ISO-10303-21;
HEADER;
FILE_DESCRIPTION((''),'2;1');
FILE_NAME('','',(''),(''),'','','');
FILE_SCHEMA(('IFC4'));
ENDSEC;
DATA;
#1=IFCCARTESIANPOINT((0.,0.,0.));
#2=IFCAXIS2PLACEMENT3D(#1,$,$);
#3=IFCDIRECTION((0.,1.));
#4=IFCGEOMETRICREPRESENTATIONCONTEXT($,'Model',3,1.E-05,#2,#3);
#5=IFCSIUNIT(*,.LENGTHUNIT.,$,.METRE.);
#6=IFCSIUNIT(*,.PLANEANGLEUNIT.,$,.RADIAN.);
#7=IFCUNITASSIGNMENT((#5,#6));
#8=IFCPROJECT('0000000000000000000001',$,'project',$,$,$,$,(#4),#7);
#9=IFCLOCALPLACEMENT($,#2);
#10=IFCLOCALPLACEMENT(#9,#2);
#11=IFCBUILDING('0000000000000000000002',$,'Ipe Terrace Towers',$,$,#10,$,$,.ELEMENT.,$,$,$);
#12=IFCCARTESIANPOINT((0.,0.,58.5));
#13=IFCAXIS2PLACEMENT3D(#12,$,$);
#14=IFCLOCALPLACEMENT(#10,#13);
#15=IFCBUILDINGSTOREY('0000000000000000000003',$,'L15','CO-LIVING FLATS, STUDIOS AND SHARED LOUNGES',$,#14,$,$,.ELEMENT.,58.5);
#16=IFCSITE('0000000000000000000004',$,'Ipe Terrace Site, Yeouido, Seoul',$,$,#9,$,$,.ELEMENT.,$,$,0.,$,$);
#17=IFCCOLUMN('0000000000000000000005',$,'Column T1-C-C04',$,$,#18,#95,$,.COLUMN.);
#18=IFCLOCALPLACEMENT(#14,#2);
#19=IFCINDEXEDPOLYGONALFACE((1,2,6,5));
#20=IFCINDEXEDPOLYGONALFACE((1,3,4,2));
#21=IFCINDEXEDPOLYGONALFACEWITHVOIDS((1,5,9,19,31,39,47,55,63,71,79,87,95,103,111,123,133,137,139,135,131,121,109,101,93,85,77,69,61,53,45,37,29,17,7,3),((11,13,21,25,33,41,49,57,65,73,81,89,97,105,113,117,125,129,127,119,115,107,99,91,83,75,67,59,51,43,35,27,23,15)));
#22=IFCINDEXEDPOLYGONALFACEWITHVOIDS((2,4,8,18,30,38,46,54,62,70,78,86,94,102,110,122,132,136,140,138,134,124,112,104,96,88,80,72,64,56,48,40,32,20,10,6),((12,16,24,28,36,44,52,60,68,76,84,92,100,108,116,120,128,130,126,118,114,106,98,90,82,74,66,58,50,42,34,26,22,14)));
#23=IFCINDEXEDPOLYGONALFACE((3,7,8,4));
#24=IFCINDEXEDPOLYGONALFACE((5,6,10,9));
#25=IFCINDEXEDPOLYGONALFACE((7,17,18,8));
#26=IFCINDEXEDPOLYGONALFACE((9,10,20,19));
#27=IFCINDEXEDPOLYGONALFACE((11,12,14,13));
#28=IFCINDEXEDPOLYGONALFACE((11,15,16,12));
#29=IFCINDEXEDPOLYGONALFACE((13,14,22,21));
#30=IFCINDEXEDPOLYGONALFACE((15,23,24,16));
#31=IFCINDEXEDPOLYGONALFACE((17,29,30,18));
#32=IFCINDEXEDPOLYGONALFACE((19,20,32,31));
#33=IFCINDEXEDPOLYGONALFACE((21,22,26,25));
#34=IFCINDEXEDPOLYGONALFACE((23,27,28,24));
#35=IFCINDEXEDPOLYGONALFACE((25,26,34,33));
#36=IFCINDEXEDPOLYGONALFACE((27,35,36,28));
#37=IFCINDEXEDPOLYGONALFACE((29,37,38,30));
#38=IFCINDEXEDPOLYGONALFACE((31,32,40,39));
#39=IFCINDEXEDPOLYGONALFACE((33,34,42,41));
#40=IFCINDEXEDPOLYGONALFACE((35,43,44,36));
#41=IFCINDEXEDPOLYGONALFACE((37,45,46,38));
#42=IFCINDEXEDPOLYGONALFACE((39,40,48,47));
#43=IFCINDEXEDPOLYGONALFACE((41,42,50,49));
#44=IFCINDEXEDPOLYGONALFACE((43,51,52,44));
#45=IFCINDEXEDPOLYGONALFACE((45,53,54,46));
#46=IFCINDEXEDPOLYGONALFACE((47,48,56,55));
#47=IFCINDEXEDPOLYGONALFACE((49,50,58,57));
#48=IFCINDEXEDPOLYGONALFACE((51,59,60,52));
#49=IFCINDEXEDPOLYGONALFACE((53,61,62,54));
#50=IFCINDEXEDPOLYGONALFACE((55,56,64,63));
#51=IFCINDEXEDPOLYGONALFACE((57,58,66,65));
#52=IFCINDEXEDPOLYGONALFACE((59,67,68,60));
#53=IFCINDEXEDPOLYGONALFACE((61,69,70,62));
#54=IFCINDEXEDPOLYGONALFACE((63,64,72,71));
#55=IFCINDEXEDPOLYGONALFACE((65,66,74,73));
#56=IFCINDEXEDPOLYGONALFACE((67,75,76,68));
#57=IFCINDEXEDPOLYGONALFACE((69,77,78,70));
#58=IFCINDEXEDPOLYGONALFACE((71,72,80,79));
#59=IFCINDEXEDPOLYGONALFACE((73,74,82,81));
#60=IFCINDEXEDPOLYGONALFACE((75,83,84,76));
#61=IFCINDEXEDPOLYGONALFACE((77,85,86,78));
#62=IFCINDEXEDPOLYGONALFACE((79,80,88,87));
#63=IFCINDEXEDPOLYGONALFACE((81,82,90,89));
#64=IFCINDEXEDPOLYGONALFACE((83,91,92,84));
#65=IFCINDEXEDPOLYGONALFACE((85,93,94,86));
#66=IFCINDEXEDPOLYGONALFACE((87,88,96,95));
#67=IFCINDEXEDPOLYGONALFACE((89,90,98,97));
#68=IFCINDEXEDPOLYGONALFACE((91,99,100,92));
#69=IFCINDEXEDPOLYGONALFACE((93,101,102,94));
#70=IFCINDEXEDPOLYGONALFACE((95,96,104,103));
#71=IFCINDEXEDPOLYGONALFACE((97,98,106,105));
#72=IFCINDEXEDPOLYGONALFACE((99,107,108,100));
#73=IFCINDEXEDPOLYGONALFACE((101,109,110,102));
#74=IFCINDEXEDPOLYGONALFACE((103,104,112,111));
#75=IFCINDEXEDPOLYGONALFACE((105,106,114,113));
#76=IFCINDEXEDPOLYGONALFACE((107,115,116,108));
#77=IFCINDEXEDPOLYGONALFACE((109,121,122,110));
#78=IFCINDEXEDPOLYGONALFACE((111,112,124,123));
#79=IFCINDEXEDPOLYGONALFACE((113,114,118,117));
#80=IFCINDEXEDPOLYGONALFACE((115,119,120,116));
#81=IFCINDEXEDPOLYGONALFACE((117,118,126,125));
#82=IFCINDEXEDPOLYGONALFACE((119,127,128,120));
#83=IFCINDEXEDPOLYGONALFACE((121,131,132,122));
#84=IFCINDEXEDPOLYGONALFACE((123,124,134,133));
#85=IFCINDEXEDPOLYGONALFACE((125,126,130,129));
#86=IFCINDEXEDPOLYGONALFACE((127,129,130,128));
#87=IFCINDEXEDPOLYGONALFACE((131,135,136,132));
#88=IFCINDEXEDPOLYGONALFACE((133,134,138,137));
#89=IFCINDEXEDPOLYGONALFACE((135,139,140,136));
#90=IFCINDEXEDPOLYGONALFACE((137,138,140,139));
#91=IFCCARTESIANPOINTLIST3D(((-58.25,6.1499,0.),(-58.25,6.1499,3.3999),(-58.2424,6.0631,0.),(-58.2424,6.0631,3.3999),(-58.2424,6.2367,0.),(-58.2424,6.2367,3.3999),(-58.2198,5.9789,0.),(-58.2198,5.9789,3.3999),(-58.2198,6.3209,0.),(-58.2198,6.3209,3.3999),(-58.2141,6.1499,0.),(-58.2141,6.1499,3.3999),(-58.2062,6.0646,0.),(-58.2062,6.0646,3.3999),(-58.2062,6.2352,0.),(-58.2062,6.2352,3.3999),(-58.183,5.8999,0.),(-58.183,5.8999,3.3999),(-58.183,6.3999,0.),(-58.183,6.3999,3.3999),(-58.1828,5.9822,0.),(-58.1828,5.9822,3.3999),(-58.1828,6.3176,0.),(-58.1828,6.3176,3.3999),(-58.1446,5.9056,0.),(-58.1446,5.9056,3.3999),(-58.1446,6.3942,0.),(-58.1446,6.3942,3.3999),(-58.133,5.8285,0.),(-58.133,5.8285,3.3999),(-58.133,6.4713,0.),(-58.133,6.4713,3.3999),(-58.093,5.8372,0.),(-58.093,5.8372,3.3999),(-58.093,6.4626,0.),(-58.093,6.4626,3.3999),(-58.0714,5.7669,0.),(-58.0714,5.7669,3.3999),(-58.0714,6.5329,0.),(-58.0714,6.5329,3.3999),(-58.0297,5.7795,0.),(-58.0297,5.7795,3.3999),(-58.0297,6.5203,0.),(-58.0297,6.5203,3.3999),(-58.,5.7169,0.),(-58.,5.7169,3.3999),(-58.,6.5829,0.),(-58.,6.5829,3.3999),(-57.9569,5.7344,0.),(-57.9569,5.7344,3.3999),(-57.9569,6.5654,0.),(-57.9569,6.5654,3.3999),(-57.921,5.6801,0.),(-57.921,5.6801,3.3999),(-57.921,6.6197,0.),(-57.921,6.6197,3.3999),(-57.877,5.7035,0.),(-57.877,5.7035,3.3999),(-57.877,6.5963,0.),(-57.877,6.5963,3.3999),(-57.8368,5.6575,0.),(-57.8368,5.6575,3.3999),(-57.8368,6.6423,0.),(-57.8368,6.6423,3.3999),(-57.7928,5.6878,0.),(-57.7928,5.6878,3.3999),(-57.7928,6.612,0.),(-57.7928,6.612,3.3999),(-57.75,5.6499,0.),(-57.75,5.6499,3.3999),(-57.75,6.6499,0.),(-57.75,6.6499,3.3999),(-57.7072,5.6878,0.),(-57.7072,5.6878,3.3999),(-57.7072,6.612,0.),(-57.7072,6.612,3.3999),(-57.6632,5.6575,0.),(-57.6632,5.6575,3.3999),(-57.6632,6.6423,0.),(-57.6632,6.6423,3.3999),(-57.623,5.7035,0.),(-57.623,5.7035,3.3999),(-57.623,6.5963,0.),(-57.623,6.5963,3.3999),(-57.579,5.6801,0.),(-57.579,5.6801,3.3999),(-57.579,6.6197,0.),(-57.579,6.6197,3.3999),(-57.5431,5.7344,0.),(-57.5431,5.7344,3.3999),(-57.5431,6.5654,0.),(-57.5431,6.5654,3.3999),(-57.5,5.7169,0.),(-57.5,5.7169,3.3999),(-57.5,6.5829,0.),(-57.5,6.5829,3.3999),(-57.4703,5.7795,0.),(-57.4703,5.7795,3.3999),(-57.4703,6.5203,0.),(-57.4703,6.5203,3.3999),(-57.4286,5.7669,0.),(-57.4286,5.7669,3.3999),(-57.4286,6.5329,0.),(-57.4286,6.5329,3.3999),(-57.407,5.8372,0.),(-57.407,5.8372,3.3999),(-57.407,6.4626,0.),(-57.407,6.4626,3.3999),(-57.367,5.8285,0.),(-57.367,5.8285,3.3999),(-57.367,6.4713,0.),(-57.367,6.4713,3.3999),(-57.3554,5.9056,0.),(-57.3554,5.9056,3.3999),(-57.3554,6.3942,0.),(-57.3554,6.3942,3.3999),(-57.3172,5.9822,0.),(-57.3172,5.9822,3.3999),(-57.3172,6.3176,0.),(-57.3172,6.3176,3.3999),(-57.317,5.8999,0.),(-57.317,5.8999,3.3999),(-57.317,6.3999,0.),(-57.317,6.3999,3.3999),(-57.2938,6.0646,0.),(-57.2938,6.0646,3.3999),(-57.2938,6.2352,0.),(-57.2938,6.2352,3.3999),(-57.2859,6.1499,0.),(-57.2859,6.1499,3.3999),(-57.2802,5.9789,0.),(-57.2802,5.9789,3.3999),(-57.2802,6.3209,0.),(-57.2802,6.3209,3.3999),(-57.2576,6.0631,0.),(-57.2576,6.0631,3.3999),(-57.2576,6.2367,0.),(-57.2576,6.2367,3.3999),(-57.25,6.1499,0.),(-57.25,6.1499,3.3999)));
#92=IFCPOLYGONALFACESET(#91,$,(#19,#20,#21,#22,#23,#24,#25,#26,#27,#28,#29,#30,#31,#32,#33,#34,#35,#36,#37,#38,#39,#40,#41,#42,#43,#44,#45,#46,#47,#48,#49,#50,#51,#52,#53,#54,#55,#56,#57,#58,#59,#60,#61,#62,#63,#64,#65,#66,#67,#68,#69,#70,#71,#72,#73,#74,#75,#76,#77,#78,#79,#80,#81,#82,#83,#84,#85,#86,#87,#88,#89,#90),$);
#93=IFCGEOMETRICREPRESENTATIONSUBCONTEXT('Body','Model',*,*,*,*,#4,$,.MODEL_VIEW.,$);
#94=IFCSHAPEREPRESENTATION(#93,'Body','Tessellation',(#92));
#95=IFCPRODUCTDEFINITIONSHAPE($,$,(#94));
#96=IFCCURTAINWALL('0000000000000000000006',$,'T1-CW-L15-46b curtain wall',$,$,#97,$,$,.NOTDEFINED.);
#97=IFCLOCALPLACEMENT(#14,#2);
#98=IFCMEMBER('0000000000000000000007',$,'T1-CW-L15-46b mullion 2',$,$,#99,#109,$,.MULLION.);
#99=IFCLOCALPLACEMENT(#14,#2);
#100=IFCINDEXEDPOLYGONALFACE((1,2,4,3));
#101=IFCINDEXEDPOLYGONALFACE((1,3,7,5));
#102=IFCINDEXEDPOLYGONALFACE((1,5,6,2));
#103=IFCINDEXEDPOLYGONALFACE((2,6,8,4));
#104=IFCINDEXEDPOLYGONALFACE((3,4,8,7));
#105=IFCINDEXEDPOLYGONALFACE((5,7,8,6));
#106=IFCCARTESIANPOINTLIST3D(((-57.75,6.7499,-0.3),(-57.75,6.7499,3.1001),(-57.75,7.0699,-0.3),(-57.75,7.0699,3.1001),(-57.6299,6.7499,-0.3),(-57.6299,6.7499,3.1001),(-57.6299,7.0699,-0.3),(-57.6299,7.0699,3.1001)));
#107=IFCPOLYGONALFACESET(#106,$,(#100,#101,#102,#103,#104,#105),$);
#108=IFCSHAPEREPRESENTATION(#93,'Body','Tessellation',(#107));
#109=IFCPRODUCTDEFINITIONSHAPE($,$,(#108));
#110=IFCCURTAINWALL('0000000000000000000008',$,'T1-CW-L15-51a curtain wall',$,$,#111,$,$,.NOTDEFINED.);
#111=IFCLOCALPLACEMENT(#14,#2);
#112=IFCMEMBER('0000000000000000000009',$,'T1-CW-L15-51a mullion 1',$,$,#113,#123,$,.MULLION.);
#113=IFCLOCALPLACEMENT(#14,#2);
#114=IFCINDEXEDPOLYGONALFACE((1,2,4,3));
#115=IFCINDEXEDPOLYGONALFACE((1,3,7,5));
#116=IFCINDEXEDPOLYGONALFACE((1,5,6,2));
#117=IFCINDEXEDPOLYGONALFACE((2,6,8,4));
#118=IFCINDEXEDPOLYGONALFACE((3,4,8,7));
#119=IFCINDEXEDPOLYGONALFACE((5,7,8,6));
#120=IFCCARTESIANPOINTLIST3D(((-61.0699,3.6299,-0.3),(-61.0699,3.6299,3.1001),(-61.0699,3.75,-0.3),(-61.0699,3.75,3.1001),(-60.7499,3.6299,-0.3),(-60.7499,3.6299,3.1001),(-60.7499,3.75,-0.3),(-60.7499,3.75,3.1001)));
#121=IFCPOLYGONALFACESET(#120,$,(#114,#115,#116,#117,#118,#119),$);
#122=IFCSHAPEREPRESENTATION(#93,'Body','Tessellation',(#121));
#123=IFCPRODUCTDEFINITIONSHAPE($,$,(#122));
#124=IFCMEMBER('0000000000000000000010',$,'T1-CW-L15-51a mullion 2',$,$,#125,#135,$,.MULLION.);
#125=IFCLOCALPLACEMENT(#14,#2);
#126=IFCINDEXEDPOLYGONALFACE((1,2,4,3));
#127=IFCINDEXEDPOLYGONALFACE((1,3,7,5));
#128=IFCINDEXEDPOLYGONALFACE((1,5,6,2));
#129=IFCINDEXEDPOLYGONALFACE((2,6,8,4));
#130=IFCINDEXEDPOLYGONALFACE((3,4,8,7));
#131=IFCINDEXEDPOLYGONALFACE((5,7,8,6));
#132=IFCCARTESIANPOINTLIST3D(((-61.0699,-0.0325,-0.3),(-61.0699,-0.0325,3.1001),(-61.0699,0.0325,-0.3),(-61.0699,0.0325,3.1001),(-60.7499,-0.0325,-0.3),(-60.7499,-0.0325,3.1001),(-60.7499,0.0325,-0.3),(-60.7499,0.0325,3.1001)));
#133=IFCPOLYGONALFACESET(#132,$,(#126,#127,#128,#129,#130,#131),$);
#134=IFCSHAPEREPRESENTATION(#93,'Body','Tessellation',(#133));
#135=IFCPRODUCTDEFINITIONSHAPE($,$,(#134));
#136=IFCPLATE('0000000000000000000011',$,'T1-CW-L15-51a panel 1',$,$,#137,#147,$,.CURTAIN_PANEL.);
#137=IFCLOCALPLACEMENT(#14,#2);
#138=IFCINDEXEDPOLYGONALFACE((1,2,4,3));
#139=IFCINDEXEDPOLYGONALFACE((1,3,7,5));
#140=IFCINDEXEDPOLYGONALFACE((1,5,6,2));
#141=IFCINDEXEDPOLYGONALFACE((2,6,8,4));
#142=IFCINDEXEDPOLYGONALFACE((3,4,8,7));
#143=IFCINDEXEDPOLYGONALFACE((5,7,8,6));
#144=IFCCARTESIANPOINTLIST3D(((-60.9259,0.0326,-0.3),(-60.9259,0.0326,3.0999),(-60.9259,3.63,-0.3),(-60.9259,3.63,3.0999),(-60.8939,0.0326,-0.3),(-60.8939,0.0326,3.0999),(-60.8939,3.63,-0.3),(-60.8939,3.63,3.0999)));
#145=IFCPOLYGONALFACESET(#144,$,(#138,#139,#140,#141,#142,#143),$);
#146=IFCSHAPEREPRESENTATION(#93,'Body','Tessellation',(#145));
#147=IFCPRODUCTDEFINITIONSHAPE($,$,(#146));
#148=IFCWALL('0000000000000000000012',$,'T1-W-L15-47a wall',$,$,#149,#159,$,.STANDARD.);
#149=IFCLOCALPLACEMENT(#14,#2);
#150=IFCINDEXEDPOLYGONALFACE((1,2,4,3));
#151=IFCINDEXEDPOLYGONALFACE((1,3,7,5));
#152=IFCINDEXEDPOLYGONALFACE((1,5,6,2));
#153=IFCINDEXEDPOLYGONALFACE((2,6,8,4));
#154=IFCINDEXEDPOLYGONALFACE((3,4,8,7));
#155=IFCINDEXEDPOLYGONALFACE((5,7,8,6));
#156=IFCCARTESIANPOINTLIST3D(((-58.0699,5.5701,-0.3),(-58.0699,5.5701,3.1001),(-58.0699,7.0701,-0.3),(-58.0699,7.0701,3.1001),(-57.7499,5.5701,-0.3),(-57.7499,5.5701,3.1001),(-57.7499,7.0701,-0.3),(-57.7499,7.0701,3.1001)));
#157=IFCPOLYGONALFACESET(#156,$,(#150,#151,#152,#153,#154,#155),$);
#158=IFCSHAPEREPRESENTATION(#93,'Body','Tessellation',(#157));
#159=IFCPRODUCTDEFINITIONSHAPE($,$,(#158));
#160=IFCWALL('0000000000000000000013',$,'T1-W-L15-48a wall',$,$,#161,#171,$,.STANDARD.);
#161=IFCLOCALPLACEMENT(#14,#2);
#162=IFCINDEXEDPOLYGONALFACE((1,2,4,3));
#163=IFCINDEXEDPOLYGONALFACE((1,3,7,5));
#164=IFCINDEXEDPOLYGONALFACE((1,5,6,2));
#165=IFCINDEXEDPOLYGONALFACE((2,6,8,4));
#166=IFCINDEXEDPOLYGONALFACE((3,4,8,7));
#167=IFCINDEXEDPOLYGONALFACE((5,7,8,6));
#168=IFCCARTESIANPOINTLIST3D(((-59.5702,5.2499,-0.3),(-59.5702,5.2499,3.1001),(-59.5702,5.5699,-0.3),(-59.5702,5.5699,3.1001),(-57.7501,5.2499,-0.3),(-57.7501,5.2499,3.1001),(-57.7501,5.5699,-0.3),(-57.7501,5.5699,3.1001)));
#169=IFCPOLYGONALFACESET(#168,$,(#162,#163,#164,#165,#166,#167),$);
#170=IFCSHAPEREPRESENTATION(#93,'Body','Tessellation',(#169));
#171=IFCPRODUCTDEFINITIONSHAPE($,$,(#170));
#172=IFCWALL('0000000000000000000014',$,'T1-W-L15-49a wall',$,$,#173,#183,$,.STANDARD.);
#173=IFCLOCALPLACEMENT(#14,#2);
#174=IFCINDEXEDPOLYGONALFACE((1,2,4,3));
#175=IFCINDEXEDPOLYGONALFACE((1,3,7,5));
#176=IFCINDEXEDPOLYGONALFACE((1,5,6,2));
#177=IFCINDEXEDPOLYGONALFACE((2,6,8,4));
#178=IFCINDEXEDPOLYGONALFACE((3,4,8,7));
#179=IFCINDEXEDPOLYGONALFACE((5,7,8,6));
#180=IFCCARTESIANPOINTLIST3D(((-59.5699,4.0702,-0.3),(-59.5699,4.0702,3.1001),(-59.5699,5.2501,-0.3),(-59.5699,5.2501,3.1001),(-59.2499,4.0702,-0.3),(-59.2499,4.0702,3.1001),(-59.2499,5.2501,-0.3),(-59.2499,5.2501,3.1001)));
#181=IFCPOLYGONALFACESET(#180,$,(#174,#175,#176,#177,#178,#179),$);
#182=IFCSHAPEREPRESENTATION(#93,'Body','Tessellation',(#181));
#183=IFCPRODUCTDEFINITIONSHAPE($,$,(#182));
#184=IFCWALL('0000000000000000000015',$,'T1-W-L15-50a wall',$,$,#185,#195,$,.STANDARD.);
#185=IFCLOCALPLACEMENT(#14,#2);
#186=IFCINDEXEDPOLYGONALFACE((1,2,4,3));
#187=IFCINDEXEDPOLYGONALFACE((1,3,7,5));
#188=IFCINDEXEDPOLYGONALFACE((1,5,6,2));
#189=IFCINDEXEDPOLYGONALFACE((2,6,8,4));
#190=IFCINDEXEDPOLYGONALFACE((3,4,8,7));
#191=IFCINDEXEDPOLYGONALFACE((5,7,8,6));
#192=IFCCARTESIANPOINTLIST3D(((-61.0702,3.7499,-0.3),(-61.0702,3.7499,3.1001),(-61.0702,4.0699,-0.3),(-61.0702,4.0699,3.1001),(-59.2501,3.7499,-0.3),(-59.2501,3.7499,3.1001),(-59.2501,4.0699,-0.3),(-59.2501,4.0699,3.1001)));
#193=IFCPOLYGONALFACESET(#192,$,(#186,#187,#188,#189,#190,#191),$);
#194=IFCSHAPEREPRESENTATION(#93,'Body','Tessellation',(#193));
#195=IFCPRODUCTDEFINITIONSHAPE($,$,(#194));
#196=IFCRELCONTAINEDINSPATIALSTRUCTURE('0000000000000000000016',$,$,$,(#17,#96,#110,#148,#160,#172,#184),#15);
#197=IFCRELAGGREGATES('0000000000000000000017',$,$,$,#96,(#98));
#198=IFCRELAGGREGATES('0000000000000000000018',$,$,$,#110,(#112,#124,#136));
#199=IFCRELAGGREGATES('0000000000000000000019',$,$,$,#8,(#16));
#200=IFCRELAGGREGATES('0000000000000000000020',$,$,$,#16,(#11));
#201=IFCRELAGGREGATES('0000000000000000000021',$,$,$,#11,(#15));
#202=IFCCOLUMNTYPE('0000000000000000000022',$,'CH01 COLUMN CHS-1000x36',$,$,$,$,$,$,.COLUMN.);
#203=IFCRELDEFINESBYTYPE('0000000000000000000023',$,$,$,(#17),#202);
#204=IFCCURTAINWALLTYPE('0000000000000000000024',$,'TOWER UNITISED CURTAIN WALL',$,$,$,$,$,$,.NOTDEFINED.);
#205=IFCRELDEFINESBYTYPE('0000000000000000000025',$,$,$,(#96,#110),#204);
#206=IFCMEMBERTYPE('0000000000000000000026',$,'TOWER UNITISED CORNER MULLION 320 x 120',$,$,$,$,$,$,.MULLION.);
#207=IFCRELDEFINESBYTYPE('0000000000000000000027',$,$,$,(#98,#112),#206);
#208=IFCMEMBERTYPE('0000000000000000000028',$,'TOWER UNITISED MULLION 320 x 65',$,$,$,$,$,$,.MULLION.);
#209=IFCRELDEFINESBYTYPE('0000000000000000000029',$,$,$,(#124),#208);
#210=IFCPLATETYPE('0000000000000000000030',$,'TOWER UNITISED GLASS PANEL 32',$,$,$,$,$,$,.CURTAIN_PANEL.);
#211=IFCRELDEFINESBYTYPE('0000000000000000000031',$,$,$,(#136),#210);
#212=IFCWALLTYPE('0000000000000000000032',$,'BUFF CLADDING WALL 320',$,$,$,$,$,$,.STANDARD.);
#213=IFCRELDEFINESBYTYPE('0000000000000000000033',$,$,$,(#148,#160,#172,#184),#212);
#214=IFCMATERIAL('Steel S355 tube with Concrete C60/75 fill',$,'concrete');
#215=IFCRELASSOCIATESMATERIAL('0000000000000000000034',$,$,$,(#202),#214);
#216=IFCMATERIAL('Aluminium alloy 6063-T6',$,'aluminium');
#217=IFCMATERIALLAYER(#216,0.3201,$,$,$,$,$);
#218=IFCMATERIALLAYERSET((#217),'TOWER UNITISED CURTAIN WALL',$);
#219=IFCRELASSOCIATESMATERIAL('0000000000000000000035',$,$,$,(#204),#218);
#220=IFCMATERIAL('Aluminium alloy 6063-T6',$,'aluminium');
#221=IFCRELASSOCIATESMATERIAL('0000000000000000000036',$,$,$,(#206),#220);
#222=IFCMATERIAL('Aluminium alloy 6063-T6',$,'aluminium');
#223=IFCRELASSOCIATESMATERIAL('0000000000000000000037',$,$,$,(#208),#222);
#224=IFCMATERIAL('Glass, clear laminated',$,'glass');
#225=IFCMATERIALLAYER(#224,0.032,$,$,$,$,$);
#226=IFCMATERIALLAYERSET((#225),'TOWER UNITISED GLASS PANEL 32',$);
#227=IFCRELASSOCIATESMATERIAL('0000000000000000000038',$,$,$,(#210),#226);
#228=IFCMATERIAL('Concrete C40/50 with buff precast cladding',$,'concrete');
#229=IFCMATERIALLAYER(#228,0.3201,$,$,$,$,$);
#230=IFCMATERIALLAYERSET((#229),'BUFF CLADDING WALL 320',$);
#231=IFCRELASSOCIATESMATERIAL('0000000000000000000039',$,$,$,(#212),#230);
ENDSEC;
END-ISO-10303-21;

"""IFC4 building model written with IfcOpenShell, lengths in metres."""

from ifc_helpers import new_model, si_unit, direction, frame, frame_2d, origin, origin_2d, place, context, subcontext, project, spatial, rectangle, hollow_circle, extrude, material, layer, layer_set, material_profile, profile_set, type_object, element, aggregate, save


model = new_model("IFC4")

# Units and contexts
model_context = context("Model", 3, precision=1e-05, world=origin(), true_north=direction((0.0, 1.0)))
body_context = subcontext(model_context, "Body", "Model", "MODEL_VIEW")
ifc_project = project(units=[si_unit("LENGTHUNIT", "METRE"), si_unit("PLANEANGLEUNIT", "RADIAN")], contexts=[model_context])

# Site, building, storey
site_placement = place(None, origin())
site = spatial("IfcSite", under=ifc_project, at=site_placement, Name="Ipe Terrace Site, Yeouido, Seoul", CompositionType="ELEMENT", RefElevation=0.0)
building_placement = place(site_placement, origin())
building = spatial("IfcBuilding", under=site, at=building_placement, Name="Ipe Terrace Towers", CompositionType="ELEMENT")
storey_placement = place(building_placement, frame((0.0, 0.0, 58.5)))
storey = spatial("IfcBuildingStorey", under=building, at=storey_placement, Name="L15", Description="CO-LIVING FLATS, STUDIOS AND SHARED LOUNGES", CompositionType="ELEMENT", Elevation=58.5)

# Column
ifc_material_1 = material(Name="Steel S355 tube with Concrete C60/75 fill", Category="concrete")
ifc_material_profile_1 = material_profile(ifc_material_1, hollow_circle(Radius=0.5, WallThickness=0.0359, at=origin_2d()), Name="CHS-1000x36")
ifc_profile_set_1 = profile_set([ifc_material_profile_1], Name="Steel S355 tube with Concrete C60/75 fill")
column_type = type_object("IfcColumnType", Name="CH01 COLUMN CHS-1000x36", PredefinedType="COLUMN", material=ifc_profile_set_1)
column_placement = place(storey_placement, frame((-57.75, 6.1499, 0.0), z_axis=(0.0, 0.0, 1.0), x_axis=(1.0, 0.0, 0.0)))
element("IfcColumn", 1, at=column_placement, inside=storey, type_object=column_type, Name="Column T1-C-C04", PredefinedType="COLUMN", context=body_context, shape_type="SweptSolid", body=[
    extrude(hollow_circle(Radius=0.5, WallThickness=0.0359, at=origin_2d()), origin(), (0.0, 0.0, 1.0), 3.3999),
])

# Curtain wall, member
ifc_material_2 = material(Name="Aluminium alloy 6063-T6", Category="aluminium")
ifc_layer_1 = layer(ifc_material_2, 0.3201)
ifc_layer_set_1 = layer_set([ifc_layer_1], Name="TOWER UNITISED CURTAIN WALL")
curtain_wall_type = type_object("IfcCurtainWallType", Name="TOWER UNITISED CURTAIN WALL", PredefinedType="NOTDEFINED", material=ifc_layer_set_1)
curtain_wall_1_placement = place(storey_placement, origin())
curtain_wall_1 = element("IfcCurtainWall", 2, at=curtain_wall_1_placement, inside=storey, type_object=curtain_wall_type, Name="T1-CW-L15-46b curtain wall", PredefinedType="NOTDEFINED")
ifc_material_3 = material(Name="Aluminium alloy 6063-T6", Category="aluminium")
ifc_material_profile_2 = material_profile(ifc_material_3, rectangle(XDim=0.3201, YDim=0.1201, at=origin_2d()), Name="TOWER UNITISED CORNER MULLION 320 x 120")
ifc_profile_set_2 = profile_set([ifc_material_profile_2], Name="Aluminium alloy 6063-T6")
member_type_1 = type_object("IfcMemberType", Name="TOWER UNITISED CORNER MULLION 320 x 120", PredefinedType="MULLION", material=ifc_profile_set_2)
member_1_placement = place(storey_placement, frame((-57.6899, 6.9099, -0.3), z_axis=(0.0, 0.0, 1.0), x_axis=(0.0, 1.0, 0.0)))
member_1 = element("IfcMember", 3, at=member_1_placement, type_object=member_type_1, Name="T1-CW-L15-46b mullion 2", PredefinedType="MULLION", context=body_context, shape_type="SweptSolid", body=[
    extrude(rectangle(XDim=0.3201, YDim=0.1201, at=origin_2d()), origin(), (0.0, 0.0, 1.0), 3.4001),
])
aggregate(curtain_wall_1, [member_1])

# Curtain wall, members, plate
curtain_wall_2_placement = place(storey_placement, origin())
curtain_wall_2 = element("IfcCurtainWall", 4, at=curtain_wall_2_placement, inside=storey, type_object=curtain_wall_type, Name="T1-CW-L15-51a curtain wall", PredefinedType="NOTDEFINED")
member_2_placement = place(storey_placement, frame((-60.9099, 3.6899, -0.3), z_axis=(0.0, 0.0, 1.0), x_axis=(-1.0, 0.0, 0.0)))
member_2 = element("IfcMember", 5, at=member_2_placement, type_object=member_type_1, Name="T1-CW-L15-51a mullion 1", PredefinedType="MULLION", context=body_context, shape_type="SweptSolid", body=[
    extrude(rectangle(XDim=0.3201, YDim=0.1201, at=origin_2d()), origin(), (0.0, 0.0, 1.0), 3.4001),
])
ifc_material_4 = material(Name="Aluminium alloy 6063-T6", Category="aluminium")
ifc_material_profile_3 = material_profile(ifc_material_4, rectangle(XDim=0.3201, YDim=0.0649, at=origin_2d()), Name="TOWER UNITISED MULLION 320 x 65")
ifc_profile_set_3 = profile_set([ifc_material_profile_3], Name="Aluminium alloy 6063-T6")
member_type_2 = type_object("IfcMemberType", Name="TOWER UNITISED MULLION 320 x 65", PredefinedType="MULLION", material=ifc_profile_set_3)
member_3_placement = place(storey_placement, frame((-60.9099, 0.0, -0.3), z_axis=(0.0, 0.0, 1.0), x_axis=(-1.0, 0.0, 0.0)))
member_3 = element("IfcMember", 6, at=member_3_placement, type_object=member_type_2, Name="T1-CW-L15-51a mullion 2", PredefinedType="MULLION", context=body_context, shape_type="SweptSolid", body=[
    extrude(rectangle(XDim=0.3201, YDim=0.0649, at=origin_2d()), origin(), (0.0, 0.0, 1.0), 3.4001),
])
ifc_material_5 = material(Name="Glass, clear laminated", Category="glass")
ifc_layer_2 = layer(ifc_material_5, 0.032)
ifc_layer_set_2 = layer_set([ifc_layer_2], Name="TOWER UNITISED GLASS PANEL 32")
plate_type = type_object("IfcPlateType", Name="TOWER UNITISED GLASS PANEL 32", PredefinedType="CURTAIN_PANEL", material=ifc_layer_set_2)
plate_placement = place(storey_placement, frame((-60.9099, 1.8313, -0.3), z_axis=(0.0, 0.0, 1.0), x_axis=(0.0, -1.0, 0.0)))
plate = element("IfcPlate", 7, at=plate_placement, type_object=plate_type, Name="T1-CW-L15-51a panel 1", PredefinedType="CURTAIN_PANEL", context=body_context, shape_type="SweptSolid", body=[
    extrude(rectangle(XDim=3.5974, YDim=0.032, at=origin_2d()), origin(), (0.0, 0.0, 1.0), 3.3999),
])
aggregate(curtain_wall_2, [member_2, member_3, plate])

# Walls
ifc_material_6 = material(Name="Concrete C40/50 with buff precast cladding", Category="concrete")
ifc_layer_3 = layer(ifc_material_6, 0.3201)
ifc_layer_set_3 = layer_set([ifc_layer_3], Name="BUFF CLADDING WALL 320")
wall_type_1 = type_object("IfcWallType", Name="BUFF CLADDING WALL 320", PredefinedType="STANDARD", material=ifc_layer_set_3)
wall_1_placement = place(storey_placement, frame((-57.9099, 7.0701, -0.3), z_axis=(0.0, 0.0, 1.0), x_axis=(0.0, -1.0, 0.0)))
element("IfcWall", 8, at=wall_1_placement, inside=storey, type_object=wall_type_1, Name="T1-W-L15-47a wall", PredefinedType="STANDARD", context=body_context, shape_type="SweptSolid", body=[
    extrude(rectangle(XDim=1.5, YDim=0.3201, at=frame_2d((0.75, 0.0))), origin(), (0.0, 0.0, 1.0), 3.4001),
])
wall_2_placement = place(storey_placement, frame((-57.75, 5.4099, -0.3), z_axis=(0.0, 0.0, 1.0), x_axis=(-1.0, 0.0, 0.0)))
element("IfcWall", 9, at=wall_2_placement, inside=storey, type_object=wall_type_1, Name="T1-W-L15-48a wall", PredefinedType="STANDARD", context=body_context, shape_type="SweptSolid", body=[
    extrude(rectangle(XDim=1.8201, YDim=0.3201, at=frame_2d((0.9102, 0.0))), origin(), (0.0, 0.0, 1.0), 3.4001),
])
wall_3_placement = place(storey_placement, frame((-59.4099, 5.25, -0.3), z_axis=(0.0, 0.0, 1.0), x_axis=(0.0, -1.0, 0.0)))
element("IfcWall", 10, at=wall_3_placement, inside=storey, type_object=wall_type_1, Name="T1-W-L15-49a wall", PredefinedType="STANDARD", context=body_context, shape_type="SweptSolid", body=[
    extrude(rectangle(XDim=1.1799, YDim=0.3201, at=frame_2d((0.5898, 0.0))), origin(), (0.0, 0.0, 1.0), 3.4001),
])
wall_4_placement = place(storey_placement, frame((-59.25, 3.9099, -0.3), z_axis=(0.0, 0.0, 1.0), x_axis=(-1.0, 0.0, 0.0)))
element("IfcWall", 11, at=wall_4_placement, inside=storey, type_object=wall_type_1, Name="T1-W-L15-50a wall", PredefinedType="STANDARD", context=body_context, shape_type="SweptSolid", body=[
    extrude(rectangle(XDim=1.8201, YDim=0.3201, at=frame_2d((0.9102, 0.0))), origin(), (0.0, 0.0, 1.0), 3.4001),
])

save(model, "model.ifc")
